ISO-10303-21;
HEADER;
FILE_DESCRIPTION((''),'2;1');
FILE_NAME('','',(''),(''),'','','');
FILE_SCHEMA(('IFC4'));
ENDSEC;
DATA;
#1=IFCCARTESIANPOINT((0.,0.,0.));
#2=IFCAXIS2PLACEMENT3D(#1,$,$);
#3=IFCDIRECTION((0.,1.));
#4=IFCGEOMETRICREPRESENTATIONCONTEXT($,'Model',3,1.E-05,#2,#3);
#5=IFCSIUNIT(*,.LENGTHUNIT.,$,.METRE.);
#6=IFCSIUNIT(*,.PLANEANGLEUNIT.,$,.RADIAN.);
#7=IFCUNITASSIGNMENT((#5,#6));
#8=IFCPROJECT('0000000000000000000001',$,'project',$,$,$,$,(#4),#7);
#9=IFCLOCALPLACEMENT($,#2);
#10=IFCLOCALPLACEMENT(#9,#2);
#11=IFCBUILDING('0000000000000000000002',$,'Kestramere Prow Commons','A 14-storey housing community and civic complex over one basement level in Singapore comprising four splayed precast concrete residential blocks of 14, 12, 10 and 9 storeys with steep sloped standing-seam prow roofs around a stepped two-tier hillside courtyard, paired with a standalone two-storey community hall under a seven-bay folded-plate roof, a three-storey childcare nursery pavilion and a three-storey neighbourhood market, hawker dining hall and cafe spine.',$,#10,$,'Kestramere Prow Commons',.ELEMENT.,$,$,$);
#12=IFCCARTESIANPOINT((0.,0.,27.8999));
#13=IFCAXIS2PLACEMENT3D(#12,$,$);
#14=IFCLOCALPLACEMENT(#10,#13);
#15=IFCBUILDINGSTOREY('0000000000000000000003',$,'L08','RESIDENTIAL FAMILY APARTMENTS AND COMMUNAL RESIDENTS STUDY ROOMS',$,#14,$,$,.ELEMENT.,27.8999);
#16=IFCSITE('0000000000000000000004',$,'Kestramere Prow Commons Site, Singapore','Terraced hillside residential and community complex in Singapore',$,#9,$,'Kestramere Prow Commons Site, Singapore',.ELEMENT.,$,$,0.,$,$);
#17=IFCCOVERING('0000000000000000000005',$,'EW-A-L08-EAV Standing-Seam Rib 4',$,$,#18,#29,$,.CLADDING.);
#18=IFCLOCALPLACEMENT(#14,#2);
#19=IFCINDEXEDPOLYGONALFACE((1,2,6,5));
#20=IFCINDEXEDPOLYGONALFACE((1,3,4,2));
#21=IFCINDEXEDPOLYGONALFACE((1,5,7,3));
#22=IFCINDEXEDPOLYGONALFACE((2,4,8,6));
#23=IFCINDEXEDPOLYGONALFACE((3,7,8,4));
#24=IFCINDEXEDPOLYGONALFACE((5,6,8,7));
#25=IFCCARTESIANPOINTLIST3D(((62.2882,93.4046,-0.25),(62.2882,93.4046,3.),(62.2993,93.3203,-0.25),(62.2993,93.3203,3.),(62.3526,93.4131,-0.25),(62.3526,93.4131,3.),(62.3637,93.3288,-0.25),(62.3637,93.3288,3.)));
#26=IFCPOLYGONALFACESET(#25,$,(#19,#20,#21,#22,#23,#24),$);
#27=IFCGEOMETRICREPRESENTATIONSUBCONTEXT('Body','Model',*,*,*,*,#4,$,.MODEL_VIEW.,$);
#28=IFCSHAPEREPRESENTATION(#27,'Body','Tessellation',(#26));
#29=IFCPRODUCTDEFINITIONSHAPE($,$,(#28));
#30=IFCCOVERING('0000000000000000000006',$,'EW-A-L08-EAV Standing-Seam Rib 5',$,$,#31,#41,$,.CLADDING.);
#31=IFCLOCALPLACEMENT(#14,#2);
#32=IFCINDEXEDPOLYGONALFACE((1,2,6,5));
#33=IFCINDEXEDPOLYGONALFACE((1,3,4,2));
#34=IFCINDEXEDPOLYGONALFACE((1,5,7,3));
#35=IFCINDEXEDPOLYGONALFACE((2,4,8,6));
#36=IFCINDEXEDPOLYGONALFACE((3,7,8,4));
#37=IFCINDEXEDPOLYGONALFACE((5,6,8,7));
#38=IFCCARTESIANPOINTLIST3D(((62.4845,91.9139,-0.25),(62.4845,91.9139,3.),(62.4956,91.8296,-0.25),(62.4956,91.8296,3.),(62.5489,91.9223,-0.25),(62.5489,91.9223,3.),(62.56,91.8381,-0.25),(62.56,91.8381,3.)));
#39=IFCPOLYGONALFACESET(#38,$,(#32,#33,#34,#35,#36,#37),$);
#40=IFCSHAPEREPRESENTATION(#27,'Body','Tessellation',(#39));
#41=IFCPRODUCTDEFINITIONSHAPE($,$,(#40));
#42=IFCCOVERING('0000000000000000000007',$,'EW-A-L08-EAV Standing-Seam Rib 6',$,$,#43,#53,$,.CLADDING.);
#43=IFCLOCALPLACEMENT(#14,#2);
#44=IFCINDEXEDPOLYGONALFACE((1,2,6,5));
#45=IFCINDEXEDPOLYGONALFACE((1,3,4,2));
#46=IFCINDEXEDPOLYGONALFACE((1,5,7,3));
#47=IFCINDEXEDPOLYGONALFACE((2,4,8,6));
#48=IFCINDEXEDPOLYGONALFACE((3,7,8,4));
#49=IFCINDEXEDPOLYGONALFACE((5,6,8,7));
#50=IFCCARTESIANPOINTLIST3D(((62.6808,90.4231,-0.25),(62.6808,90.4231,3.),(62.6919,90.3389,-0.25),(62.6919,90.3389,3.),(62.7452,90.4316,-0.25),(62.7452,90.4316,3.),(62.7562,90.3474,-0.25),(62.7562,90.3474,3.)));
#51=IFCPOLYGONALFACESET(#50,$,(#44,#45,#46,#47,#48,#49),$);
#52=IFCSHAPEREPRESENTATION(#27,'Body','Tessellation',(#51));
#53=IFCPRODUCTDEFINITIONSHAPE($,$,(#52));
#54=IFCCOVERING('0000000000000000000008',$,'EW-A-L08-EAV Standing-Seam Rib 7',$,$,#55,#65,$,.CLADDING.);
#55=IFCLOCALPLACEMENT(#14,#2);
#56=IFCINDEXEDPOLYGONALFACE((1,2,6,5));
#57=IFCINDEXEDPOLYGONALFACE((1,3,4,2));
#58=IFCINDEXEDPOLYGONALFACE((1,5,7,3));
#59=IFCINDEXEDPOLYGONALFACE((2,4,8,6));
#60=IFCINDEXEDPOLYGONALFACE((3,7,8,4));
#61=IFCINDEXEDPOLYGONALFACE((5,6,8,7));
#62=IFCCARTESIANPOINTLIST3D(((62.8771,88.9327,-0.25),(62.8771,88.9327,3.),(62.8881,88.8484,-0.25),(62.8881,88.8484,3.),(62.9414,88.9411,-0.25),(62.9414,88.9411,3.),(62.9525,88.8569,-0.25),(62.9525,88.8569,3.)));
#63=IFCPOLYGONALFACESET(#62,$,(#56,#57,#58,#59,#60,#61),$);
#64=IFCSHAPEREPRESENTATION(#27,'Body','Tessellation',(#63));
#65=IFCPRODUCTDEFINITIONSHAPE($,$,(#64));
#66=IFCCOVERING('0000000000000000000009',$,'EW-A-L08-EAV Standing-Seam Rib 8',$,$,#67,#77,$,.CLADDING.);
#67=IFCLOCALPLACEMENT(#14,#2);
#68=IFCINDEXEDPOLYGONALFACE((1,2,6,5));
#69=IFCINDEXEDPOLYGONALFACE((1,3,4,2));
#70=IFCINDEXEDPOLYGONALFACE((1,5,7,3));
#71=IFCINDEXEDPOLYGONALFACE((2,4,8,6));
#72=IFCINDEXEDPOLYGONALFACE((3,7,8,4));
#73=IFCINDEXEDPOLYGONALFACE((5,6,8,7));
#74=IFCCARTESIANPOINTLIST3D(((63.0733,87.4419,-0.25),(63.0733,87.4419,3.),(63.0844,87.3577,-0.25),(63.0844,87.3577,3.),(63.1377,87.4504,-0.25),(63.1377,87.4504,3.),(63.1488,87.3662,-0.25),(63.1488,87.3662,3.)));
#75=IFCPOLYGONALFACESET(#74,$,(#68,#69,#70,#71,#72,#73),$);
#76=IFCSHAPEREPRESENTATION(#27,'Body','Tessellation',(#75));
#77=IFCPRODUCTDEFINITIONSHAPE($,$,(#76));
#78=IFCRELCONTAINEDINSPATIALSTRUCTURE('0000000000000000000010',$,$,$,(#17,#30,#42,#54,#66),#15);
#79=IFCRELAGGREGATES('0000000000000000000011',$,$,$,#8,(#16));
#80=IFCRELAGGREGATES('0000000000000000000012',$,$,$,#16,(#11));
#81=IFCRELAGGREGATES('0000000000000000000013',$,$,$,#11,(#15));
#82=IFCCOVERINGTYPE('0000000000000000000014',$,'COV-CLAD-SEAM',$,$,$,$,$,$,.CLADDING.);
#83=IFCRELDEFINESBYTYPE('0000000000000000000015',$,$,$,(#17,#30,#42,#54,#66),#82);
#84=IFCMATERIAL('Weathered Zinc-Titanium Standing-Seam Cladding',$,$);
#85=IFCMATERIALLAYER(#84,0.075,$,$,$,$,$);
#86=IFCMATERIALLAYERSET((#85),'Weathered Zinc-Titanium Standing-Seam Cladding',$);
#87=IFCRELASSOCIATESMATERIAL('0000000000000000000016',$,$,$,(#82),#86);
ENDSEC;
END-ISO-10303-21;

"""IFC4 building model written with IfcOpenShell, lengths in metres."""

from ifc_helpers import new_model, si_unit, direction, frame, origin, origin_2d, place, context, subcontext, project, spatial, rectangle, extrude, material, layer, layer_set, type_object, element, save


model = new_model("IFC4")

# Units and contexts
model_context = context("Model", 3, precision=1e-05, world=origin(), true_north=direction((0.0, 1.0)))
body_context = subcontext(model_context, "Body", "Model", "MODEL_VIEW")
ifc_project = project(units=[si_unit("LENGTHUNIT", "METRE"), si_unit("PLANEANGLEUNIT", "RADIAN")], contexts=[model_context])

# Site, building, storey
site_placement = place(None, origin())
site = spatial("IfcSite", under=ifc_project, at=site_placement, Name="Kestramere Prow Commons Site, Singapore", Description="Terraced hillside residential and community complex in Singapore", LongName="Kestramere Prow Commons Site, Singapore", CompositionType="ELEMENT", RefElevation=0.0)
building_placement = place(site_placement, origin())
building = spatial("IfcBuilding", under=site, at=building_placement, Name="Kestramere Prow Commons", Description="A 14-storey housing community and civic complex over one basement level in Singapore comprising four splayed precast concrete residential blocks of 14, 12, 10 and 9 storeys with steep sloped standing-seam prow roofs around a stepped two-tier hillside courtyard, paired with a standalone two-storey community hall under a seven-bay folded-plate roof, a three-storey childcare nursery pavilion and a three-storey neighbourhood market, hawker dining hall and cafe spine.", LongName="Kestramere Prow Commons", CompositionType="ELEMENT")
storey_placement = place(building_placement, frame((0.0, 0.0, 27.8999)))
storey = spatial("IfcBuildingStorey", under=building, at=storey_placement, Name="L08", Description="RESIDENTIAL FAMILY APARTMENTS AND COMMUNAL RESIDENTS STUDY ROOMS", CompositionType="ELEMENT", Elevation=27.8999)

# Coverings
ifc_material_1 = material(Name="Weathered Zinc-Titanium Standing-Seam Cladding")
ifc_layer_1 = layer(ifc_material_1, 0.075)
ifc_layer_set_1 = layer_set([ifc_layer_1], Name="Weathered Zinc-Titanium Standing-Seam Cladding")
covering_type = type_object("IfcCoveringType", Name="COV-CLAD-SEAM", PredefinedType="CLADDING", material=ifc_layer_set_1)
for number, where, z_axis, x_axis, name in (
    (1, (62.3259, 93.3667, -0.25), (0.0, 0.0, 1.0), (0.130526, -0.991445, 0.0), "EW-A-L08-EAV Standing-Seam Rib 4"),
    (2, (62.5222, 91.876, -0.25), (0.0, 0.0, 1.0), (0.130526, -0.991445, 0.0), "EW-A-L08-EAV Standing-Seam Rib 5"),
    (3, (62.7185, 90.3853, -0.25), (0.0, 0.0, 1.0), (0.130526, -0.991445, 0.0), "EW-A-L08-EAV Standing-Seam Rib 6"),
    (4, (62.9148, 88.8948, -0.25), (0.0, 0.0, 1.0), (0.130526, -0.991445, 0.0), "EW-A-L08-EAV Standing-Seam Rib 7"),
    (5, (63.1111, 87.4041, -0.25), (0.0, 0.0, 1.0), (0.130526, -0.991445, 0.0), "EW-A-L08-EAV Standing-Seam Rib 8"),
):
    element("IfcCovering", number, at=place(storey_placement, frame(where, z_axis=z_axis, x_axis=x_axis)), inside=storey, type_object=covering_type, Name=name, PredefinedType="CLADDING", context=body_context, shape_type="SweptSolid", body=[
        extrude(rectangle(XDim=0.085, YDim=0.0649, at=origin_2d()), origin(), (0.0, 0.0, 1.0), 3.25),
    ])

save(model, "model.ifc")
